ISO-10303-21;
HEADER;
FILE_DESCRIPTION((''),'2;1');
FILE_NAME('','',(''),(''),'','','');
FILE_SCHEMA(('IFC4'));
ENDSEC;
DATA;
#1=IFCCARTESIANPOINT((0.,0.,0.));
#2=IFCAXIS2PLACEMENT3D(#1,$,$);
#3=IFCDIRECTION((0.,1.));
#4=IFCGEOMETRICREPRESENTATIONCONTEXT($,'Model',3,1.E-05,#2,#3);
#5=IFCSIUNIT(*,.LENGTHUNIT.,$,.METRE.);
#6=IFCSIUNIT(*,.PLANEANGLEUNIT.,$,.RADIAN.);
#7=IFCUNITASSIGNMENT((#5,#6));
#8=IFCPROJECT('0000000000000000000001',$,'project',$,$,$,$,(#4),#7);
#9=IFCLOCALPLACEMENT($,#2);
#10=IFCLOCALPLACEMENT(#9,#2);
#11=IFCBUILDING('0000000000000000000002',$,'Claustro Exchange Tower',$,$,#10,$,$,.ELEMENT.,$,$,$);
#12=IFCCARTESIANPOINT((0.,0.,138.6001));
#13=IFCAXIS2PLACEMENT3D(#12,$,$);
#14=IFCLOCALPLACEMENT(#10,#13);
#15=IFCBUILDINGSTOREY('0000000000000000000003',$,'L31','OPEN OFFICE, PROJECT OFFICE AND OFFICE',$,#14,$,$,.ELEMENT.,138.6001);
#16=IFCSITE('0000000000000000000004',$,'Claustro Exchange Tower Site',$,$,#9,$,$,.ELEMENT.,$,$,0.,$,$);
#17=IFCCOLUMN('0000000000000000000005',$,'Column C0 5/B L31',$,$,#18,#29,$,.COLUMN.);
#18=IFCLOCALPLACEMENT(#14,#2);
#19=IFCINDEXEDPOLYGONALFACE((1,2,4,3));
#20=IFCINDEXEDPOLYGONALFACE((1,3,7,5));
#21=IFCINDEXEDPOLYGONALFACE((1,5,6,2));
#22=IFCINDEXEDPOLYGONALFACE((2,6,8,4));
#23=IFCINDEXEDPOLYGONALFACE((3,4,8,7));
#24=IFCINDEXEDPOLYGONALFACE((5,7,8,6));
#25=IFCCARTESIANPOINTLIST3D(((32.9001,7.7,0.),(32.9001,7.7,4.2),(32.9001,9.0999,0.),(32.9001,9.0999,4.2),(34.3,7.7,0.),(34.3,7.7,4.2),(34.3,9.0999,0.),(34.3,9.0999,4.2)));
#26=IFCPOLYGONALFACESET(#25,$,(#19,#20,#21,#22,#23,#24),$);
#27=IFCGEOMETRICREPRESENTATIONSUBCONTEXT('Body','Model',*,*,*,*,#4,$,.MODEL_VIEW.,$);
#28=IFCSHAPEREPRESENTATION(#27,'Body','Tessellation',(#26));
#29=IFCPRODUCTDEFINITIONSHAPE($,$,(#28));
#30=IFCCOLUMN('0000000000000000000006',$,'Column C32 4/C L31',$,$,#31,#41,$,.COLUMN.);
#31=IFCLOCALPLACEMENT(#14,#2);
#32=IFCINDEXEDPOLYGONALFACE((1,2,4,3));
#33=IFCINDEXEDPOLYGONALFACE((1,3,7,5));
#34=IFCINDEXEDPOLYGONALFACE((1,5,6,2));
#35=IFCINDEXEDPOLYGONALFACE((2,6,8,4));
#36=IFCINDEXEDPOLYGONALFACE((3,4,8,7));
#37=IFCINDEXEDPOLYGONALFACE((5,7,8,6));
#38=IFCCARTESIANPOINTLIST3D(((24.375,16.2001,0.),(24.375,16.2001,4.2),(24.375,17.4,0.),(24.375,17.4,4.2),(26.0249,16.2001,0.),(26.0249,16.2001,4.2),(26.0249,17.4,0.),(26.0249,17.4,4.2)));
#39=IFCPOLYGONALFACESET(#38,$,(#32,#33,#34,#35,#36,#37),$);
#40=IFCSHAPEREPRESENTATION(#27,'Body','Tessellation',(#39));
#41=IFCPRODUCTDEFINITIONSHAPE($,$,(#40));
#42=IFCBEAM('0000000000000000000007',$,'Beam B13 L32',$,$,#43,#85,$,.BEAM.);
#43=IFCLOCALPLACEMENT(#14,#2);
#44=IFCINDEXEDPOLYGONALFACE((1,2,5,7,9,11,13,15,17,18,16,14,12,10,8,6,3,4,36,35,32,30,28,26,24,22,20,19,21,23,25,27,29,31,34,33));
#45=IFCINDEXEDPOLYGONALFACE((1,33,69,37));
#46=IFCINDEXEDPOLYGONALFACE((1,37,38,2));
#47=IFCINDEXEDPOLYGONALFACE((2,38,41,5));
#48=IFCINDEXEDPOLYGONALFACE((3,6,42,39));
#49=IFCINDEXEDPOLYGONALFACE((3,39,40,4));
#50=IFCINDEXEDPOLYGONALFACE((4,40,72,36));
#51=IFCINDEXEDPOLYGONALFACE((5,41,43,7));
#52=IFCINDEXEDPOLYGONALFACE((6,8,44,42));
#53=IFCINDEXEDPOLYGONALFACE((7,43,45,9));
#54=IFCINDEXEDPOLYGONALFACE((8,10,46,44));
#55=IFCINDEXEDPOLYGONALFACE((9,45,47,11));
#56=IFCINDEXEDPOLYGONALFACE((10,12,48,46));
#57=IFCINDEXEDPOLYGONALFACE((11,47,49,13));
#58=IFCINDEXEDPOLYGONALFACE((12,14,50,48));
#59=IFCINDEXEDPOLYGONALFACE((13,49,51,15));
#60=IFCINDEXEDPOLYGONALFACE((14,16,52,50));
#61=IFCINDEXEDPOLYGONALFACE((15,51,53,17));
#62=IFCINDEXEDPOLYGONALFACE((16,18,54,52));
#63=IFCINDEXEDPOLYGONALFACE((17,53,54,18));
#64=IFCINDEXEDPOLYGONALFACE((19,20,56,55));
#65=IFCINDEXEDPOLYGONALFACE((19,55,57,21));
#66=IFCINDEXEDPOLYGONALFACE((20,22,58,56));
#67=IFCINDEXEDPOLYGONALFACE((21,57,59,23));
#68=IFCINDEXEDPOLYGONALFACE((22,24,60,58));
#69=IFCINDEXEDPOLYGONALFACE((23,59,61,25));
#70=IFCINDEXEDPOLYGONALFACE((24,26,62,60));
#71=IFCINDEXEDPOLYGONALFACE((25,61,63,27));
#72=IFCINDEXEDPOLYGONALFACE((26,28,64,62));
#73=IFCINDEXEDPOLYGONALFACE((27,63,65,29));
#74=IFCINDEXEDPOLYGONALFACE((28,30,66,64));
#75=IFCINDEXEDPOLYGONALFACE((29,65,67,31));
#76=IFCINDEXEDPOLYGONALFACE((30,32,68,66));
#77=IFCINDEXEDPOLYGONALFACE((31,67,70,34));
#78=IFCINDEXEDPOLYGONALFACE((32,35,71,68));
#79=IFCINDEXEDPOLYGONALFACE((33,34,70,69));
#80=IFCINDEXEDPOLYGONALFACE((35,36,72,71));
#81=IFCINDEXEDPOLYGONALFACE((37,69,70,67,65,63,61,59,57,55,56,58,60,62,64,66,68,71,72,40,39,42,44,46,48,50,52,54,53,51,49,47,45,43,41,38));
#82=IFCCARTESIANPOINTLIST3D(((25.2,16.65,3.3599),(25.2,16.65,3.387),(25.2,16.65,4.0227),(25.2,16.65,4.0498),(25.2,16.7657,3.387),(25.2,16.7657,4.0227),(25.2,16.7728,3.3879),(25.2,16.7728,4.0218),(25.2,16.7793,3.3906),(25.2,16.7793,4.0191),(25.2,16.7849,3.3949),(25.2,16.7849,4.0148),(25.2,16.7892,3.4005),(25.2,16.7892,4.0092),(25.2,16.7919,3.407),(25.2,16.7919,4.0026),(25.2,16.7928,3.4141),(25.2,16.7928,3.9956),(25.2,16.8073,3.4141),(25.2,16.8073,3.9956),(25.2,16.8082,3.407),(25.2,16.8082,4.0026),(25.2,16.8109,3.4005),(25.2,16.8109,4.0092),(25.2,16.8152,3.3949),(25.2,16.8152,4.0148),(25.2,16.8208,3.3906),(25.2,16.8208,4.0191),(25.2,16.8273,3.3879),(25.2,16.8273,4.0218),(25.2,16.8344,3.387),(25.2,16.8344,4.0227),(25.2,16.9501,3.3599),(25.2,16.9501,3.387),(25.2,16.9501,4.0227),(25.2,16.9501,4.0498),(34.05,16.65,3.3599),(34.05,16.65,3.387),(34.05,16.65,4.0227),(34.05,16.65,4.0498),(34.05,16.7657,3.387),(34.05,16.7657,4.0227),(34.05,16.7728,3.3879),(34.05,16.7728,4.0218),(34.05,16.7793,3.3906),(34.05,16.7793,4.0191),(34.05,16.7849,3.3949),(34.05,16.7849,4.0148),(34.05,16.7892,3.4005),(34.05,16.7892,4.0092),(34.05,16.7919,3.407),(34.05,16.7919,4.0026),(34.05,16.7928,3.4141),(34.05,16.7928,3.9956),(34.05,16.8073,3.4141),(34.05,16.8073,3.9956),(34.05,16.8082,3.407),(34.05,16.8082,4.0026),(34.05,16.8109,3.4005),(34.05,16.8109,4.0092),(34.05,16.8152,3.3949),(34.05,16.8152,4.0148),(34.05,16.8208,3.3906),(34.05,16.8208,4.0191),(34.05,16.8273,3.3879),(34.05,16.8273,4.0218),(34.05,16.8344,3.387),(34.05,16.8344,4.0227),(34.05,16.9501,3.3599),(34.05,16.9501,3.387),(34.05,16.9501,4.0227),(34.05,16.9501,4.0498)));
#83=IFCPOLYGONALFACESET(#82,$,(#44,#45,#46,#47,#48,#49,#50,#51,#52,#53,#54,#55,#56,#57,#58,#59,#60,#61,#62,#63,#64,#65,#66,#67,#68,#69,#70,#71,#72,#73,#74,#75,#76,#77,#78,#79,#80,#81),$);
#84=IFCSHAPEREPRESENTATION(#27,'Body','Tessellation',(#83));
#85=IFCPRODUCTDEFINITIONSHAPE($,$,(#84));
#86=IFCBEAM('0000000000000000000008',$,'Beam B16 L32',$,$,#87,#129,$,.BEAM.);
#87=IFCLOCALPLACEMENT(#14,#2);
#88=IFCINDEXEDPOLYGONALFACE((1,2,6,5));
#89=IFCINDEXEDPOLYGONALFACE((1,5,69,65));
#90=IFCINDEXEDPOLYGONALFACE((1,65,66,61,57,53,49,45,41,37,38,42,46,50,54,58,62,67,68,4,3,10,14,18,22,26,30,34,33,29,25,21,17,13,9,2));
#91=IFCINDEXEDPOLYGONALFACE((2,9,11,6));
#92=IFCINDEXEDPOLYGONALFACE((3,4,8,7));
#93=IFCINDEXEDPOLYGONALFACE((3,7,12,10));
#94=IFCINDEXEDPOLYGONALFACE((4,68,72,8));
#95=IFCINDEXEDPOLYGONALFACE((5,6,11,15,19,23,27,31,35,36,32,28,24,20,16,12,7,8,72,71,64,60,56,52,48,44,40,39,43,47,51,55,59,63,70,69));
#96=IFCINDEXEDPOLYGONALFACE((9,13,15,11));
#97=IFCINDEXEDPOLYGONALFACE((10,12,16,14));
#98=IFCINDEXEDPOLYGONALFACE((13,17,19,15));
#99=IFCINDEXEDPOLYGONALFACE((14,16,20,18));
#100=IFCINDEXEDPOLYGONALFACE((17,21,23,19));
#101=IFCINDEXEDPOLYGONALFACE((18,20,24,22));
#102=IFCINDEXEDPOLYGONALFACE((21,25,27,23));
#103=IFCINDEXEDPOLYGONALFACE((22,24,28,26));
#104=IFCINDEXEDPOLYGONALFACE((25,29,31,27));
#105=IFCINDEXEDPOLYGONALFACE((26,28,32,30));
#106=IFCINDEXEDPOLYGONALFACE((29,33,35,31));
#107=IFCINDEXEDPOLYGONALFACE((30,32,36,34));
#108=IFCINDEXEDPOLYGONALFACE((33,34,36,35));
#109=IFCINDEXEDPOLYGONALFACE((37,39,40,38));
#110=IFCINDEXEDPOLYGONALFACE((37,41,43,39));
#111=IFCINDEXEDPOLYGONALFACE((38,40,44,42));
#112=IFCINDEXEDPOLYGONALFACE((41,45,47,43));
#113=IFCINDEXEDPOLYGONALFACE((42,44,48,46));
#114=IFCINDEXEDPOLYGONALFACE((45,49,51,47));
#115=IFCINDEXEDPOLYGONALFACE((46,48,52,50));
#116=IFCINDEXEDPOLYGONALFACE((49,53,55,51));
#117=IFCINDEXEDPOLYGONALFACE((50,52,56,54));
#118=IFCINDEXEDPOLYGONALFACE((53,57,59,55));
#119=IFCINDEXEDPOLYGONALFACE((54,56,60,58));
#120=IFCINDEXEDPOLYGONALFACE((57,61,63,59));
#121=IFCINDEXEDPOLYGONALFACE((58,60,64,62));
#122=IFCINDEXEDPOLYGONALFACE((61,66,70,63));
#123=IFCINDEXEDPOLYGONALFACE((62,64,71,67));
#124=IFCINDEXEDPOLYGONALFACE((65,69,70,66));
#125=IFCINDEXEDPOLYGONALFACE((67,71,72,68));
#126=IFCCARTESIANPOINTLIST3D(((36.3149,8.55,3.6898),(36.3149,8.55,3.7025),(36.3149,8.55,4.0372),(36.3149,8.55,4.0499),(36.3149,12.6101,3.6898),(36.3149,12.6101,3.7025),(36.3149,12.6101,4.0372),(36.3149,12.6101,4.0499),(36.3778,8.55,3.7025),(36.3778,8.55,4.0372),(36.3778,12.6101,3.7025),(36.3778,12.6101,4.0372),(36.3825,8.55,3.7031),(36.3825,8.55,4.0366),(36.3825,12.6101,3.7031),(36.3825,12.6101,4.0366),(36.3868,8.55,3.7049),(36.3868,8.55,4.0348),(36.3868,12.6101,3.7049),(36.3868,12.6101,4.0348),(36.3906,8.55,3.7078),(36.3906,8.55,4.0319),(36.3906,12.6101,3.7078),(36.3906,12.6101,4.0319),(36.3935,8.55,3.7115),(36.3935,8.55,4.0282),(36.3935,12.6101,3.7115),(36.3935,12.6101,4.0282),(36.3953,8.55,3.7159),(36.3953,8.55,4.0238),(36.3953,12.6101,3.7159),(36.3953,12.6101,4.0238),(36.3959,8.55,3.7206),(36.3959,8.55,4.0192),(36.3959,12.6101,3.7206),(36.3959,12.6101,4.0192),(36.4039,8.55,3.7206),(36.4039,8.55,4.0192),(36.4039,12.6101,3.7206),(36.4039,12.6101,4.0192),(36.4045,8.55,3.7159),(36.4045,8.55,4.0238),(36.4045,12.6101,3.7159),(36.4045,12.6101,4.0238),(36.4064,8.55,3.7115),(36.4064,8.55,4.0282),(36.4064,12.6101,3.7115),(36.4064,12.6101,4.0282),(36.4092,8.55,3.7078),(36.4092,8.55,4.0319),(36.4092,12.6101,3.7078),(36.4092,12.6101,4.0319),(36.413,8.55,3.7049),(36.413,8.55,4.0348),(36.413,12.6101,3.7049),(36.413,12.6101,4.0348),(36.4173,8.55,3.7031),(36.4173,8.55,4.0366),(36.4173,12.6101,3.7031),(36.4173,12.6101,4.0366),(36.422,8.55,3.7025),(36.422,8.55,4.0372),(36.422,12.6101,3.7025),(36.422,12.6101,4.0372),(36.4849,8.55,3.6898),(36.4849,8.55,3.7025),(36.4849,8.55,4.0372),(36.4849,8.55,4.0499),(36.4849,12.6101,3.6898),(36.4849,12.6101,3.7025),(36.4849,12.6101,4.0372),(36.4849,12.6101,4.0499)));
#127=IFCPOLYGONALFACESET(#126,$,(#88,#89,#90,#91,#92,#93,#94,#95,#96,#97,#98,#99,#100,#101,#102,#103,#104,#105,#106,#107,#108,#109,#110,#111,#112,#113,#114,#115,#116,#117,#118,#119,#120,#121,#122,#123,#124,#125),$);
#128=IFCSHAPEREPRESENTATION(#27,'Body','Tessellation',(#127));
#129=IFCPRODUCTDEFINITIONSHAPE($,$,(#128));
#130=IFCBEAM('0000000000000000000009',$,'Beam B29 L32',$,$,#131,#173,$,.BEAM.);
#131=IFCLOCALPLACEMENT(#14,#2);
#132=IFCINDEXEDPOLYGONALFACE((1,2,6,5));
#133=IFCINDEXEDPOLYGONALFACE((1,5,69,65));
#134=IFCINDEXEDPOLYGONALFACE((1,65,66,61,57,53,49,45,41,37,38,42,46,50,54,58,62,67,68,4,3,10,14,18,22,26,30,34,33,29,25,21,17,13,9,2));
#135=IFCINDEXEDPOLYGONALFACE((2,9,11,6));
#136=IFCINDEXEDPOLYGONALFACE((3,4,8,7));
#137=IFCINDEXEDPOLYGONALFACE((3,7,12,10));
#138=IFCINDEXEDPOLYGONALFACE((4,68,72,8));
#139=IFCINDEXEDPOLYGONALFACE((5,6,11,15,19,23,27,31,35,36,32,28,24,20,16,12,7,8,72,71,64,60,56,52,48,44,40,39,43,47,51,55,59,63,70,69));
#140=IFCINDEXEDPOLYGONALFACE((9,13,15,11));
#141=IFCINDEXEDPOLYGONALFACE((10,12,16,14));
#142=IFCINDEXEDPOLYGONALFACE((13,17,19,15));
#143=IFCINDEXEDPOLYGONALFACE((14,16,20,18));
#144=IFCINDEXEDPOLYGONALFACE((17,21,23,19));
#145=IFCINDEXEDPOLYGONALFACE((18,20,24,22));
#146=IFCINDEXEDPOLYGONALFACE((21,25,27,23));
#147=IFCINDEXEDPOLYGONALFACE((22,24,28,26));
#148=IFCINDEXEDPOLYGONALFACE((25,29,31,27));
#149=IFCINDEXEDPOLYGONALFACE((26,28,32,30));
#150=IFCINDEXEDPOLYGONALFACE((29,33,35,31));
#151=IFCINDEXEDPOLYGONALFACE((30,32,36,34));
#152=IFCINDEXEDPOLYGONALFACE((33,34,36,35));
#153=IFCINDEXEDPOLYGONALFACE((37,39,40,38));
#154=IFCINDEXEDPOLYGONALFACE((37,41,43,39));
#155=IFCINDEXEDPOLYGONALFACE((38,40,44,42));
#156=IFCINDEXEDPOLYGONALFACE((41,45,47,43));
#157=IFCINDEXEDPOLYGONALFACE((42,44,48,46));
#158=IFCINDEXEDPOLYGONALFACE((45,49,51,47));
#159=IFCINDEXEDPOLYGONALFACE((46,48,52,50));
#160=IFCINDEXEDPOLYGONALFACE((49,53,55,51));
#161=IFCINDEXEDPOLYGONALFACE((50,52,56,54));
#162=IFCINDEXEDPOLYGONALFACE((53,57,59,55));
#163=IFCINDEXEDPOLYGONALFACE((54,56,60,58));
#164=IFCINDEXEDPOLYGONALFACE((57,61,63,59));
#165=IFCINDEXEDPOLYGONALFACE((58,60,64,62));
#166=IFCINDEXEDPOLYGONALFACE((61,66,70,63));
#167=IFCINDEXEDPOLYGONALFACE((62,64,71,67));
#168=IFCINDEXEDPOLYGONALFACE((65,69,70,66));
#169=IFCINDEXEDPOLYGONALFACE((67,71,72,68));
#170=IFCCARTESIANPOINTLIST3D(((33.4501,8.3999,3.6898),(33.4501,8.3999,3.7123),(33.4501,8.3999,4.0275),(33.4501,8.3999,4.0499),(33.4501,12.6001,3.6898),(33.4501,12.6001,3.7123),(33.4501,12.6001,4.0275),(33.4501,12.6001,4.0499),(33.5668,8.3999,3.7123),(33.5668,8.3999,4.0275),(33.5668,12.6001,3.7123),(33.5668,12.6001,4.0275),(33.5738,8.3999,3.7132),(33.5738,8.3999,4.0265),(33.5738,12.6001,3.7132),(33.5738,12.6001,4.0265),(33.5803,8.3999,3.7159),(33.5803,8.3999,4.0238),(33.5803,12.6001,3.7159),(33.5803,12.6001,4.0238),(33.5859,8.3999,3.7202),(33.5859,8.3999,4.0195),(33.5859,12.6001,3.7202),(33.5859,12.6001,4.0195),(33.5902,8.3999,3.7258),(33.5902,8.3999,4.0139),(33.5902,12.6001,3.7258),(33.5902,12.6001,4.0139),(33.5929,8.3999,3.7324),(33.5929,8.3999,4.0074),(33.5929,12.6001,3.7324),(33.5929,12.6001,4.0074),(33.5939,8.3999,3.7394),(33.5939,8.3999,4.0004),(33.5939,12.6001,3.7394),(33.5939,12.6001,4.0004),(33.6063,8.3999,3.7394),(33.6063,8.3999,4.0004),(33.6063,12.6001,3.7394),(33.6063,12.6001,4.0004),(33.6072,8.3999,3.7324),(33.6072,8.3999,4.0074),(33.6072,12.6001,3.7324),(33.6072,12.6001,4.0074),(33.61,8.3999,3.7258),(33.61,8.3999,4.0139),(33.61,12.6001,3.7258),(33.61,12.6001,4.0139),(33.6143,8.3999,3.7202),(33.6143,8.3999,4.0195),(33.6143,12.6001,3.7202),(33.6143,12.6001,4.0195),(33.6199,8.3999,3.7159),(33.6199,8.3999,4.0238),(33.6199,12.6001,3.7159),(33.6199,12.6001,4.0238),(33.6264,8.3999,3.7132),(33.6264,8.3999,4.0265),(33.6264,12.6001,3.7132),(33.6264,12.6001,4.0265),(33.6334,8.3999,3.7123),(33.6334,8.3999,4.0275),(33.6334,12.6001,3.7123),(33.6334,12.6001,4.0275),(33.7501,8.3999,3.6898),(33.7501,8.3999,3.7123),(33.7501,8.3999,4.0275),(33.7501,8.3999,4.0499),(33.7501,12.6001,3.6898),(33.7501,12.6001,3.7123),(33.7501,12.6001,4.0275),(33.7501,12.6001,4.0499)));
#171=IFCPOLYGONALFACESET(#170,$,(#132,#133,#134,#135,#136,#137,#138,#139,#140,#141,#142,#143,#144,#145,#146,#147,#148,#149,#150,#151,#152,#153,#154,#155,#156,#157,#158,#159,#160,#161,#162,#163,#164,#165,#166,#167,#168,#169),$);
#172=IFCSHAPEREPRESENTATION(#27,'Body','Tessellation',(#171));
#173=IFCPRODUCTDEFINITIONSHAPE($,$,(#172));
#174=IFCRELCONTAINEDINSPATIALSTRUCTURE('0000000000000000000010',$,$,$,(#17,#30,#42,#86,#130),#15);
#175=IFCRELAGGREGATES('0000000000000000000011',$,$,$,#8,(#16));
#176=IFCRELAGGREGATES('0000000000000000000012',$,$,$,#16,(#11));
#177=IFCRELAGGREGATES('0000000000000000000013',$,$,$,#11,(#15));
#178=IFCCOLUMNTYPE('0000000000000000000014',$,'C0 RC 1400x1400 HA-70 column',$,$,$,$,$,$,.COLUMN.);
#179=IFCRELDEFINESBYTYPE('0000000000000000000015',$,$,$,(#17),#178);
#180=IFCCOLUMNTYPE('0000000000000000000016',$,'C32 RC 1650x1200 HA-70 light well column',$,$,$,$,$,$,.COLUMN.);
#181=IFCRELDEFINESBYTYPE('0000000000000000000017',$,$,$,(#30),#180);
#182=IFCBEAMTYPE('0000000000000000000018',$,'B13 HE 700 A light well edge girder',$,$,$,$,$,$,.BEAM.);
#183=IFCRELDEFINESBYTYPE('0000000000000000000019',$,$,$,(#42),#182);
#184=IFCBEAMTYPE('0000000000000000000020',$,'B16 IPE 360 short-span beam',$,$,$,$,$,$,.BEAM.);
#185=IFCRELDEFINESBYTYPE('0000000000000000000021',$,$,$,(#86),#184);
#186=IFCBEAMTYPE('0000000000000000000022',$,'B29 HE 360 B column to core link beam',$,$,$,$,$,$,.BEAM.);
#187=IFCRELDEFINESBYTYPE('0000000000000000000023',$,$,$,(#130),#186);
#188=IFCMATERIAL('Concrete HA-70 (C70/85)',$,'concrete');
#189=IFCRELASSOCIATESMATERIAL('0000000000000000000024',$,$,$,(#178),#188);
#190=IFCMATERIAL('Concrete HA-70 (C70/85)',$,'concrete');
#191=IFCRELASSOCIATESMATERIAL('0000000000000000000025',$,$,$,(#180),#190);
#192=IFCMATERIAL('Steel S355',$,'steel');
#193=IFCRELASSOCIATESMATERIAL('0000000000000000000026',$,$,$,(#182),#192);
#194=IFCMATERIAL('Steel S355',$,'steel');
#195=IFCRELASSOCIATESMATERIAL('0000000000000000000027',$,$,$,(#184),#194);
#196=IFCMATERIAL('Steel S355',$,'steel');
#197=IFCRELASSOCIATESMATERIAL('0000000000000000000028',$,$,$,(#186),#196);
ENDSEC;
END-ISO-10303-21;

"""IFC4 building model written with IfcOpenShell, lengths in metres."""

from ifc_helpers import new_model, si_unit, direction, frame, origin, origin_2d, place, context, subcontext, project, spatial, rectangle, i_section, extrude, material, material_profile, profile_set, type_object, element, save


model = new_model("IFC4")

# Units and contexts
model_context = context("Model", 3, precision=1e-05, world=origin(), true_north=direction((0.0, 1.0)))
body_context = subcontext(model_context, "Body", "Model", "MODEL_VIEW")
ifc_project = project(units=[si_unit("LENGTHUNIT", "METRE"), si_unit("PLANEANGLEUNIT", "RADIAN")], contexts=[model_context])

# Site, building, storey
site_placement = place(None, origin())
site = spatial("IfcSite", under=ifc_project, at=site_placement, Name="Claustro Exchange Tower Site", CompositionType="ELEMENT", RefElevation=0.0)
building_placement = place(site_placement, origin())
building = spatial("IfcBuilding", under=site, at=building_placement, Name="Claustro Exchange Tower", CompositionType="ELEMENT")
storey_placement = place(building_placement, frame((0.0, 0.0, 138.6001)))
storey = spatial("IfcBuildingStorey", under=building, at=storey_placement, Name="L31", Description="OPEN OFFICE, PROJECT OFFICE AND OFFICE", CompositionType="ELEMENT", Elevation=138.6001)

# Columns
ifc_material_1 = material(Name="Concrete HA-70 (C70/85)", Category="concrete")
ifc_material_profile_1 = material_profile(ifc_material_1, rectangle(XDim=1.3999, YDim=1.3999, at=origin_2d()), Name="RC 1400x1400")
ifc_profile_set_1 = profile_set([ifc_material_profile_1], Name="Concrete HA-70 (C70/85)")
column_type_1 = type_object("IfcColumnType", Name="C0 RC 1400x1400 HA-70 column", PredefinedType="COLUMN", material=ifc_profile_set_1)
column_1_placement = place(storey_placement, frame((33.6001, 8.3999, 0.0), z_axis=(0.0, 0.0, 1.0), x_axis=(1.0, 0.0, 0.0)))
element("IfcColumn", 1, at=column_1_placement, inside=storey, type_object=column_type_1, Name="Column C0 5/B L31", PredefinedType="COLUMN", context=body_context, shape_type="SweptSolid", body=[
    extrude(rectangle(XDim=1.3999, YDim=1.3999, at=origin_2d()), origin(), (0.0, 0.0, 1.0), 4.2),
])
ifc_material_2 = material(Name="Concrete HA-70 (C70/85)", Category="concrete")
ifc_material_profile_2 = material_profile(ifc_material_2, rectangle(XDim=1.6499, YDim=1.2, at=origin_2d()), Name="RC 1650x1200")
ifc_profile_set_2 = profile_set([ifc_material_profile_2], Name="Concrete HA-70 (C70/85)")
column_type_2 = type_object("IfcColumnType", Name="C32 RC 1650x1200 HA-70 light well column", PredefinedType="COLUMN", material=ifc_profile_set_2)
column_2_placement = place(storey_placement, frame((25.2, 16.8, 0.0), z_axis=(0.0, 0.0, 1.0), x_axis=(1.0, 0.0, 0.0)))
element("IfcColumn", 2, at=column_2_placement, inside=storey, type_object=column_type_2, Name="Column C32 4/C L31", PredefinedType="COLUMN", context=body_context, shape_type="SweptSolid", body=[
    extrude(rectangle(XDim=1.6499, YDim=1.2, at=origin_2d()), origin(), (0.0, 0.0, 1.0), 4.2),
])

# Beams
ifc_material_3 = material(Name="Steel S355", Category="steel")
ifc_material_profile_3 = material_profile(ifc_material_3, i_section(OverallWidth=0.3, OverallDepth=0.6899, WebThickness=0.0144, FlangeThickness=0.0271, FilletRadius=0.0271, at=origin_2d()), Name="HE 700 A")
ifc_profile_set_3 = profile_set([ifc_material_profile_3], Name="Steel S355")
beam_type_1 = type_object("IfcBeamType", Name="B13 HE 700 A light well edge girder", PredefinedType="BEAM", material=ifc_profile_set_3)
beam_1_placement = place(storey_placement, frame((25.2, 16.8, 3.7048), z_axis=(1.0, 0.0, 0.0), x_axis=(0.0, 1.0, 0.0)))
element("IfcBeam", 3, at=beam_1_placement, inside=storey, type_object=beam_type_1, Name="Beam B13 L32", PredefinedType="BEAM", context=body_context, shape_type="SweptSolid", body=[
    extrude(i_section(OverallWidth=0.3, OverallDepth=0.6899, WebThickness=0.0144, FlangeThickness=0.0271, FilletRadius=0.0271, at=origin_2d()), origin(), (0.0, 0.0, 1.0), 8.8501),
])
ifc_material_4 = material(Name="Steel S355", Category="steel")
ifc_material_profile_4 = material_profile(ifc_material_4, i_section(OverallWidth=0.1699, OverallDepth=0.3601, WebThickness=0.0081, FlangeThickness=0.0127, FilletRadius=0.0181, at=origin_2d()), Name="IPE 360")
ifc_profile_set_4 = profile_set([ifc_material_profile_4], Name="Steel S355")
beam_type_2 = type_object("IfcBeamType", Name="B16 IPE 360 short-span beam", PredefinedType="BEAM", material=ifc_profile_set_4)
beam_2_placement = place(storey_placement, frame((36.3999, 8.55, 3.8699), z_axis=(0.0, 1.0, 0.0), x_axis=(-1.0, 0.0, 0.0)))
element("IfcBeam", 4, at=beam_2_placement, inside=storey, type_object=beam_type_2, Name="Beam B16 L32", PredefinedType="BEAM", context=body_context, shape_type="SweptSolid", body=[
    extrude(i_section(OverallWidth=0.1699, OverallDepth=0.3601, WebThickness=0.0081, FlangeThickness=0.0127, FilletRadius=0.0181, at=origin_2d()), origin(), (0.0, 0.0, 1.0), 4.0601),
])
ifc_material_5 = material(Name="Steel S355", Category="steel")
ifc_material_profile_5 = material_profile(ifc_material_5, i_section(OverallWidth=0.3, OverallDepth=0.3601, WebThickness=0.0125, FlangeThickness=0.0225, FilletRadius=0.0271, at=origin_2d()), Name="HE 360 B")
ifc_profile_set_5 = profile_set([ifc_material_profile_5], Name="Steel S355")
beam_type_3 = type_object("IfcBeamType", Name="B29 HE 360 B column to core link beam", PredefinedType="BEAM", material=ifc_profile_set_5)
beam_3_placement = place(storey_placement, frame((33.6001, 8.3999, 3.8699), z_axis=(0.0, 1.0, 0.0), x_axis=(-1.0, 0.0, 0.0)))
element("IfcBeam", 5, at=beam_3_placement, inside=storey, type_object=beam_type_3, Name="Beam B29 L32", PredefinedType="BEAM", context=body_context, shape_type="SweptSolid", body=[
    extrude(i_section(OverallWidth=0.3, OverallDepth=0.3601, WebThickness=0.0125, FlangeThickness=0.0225, FilletRadius=0.0271, at=origin_2d()), origin(), (0.0, 0.0, 1.0), 4.2002),
])

save(model, "model.ifc")
